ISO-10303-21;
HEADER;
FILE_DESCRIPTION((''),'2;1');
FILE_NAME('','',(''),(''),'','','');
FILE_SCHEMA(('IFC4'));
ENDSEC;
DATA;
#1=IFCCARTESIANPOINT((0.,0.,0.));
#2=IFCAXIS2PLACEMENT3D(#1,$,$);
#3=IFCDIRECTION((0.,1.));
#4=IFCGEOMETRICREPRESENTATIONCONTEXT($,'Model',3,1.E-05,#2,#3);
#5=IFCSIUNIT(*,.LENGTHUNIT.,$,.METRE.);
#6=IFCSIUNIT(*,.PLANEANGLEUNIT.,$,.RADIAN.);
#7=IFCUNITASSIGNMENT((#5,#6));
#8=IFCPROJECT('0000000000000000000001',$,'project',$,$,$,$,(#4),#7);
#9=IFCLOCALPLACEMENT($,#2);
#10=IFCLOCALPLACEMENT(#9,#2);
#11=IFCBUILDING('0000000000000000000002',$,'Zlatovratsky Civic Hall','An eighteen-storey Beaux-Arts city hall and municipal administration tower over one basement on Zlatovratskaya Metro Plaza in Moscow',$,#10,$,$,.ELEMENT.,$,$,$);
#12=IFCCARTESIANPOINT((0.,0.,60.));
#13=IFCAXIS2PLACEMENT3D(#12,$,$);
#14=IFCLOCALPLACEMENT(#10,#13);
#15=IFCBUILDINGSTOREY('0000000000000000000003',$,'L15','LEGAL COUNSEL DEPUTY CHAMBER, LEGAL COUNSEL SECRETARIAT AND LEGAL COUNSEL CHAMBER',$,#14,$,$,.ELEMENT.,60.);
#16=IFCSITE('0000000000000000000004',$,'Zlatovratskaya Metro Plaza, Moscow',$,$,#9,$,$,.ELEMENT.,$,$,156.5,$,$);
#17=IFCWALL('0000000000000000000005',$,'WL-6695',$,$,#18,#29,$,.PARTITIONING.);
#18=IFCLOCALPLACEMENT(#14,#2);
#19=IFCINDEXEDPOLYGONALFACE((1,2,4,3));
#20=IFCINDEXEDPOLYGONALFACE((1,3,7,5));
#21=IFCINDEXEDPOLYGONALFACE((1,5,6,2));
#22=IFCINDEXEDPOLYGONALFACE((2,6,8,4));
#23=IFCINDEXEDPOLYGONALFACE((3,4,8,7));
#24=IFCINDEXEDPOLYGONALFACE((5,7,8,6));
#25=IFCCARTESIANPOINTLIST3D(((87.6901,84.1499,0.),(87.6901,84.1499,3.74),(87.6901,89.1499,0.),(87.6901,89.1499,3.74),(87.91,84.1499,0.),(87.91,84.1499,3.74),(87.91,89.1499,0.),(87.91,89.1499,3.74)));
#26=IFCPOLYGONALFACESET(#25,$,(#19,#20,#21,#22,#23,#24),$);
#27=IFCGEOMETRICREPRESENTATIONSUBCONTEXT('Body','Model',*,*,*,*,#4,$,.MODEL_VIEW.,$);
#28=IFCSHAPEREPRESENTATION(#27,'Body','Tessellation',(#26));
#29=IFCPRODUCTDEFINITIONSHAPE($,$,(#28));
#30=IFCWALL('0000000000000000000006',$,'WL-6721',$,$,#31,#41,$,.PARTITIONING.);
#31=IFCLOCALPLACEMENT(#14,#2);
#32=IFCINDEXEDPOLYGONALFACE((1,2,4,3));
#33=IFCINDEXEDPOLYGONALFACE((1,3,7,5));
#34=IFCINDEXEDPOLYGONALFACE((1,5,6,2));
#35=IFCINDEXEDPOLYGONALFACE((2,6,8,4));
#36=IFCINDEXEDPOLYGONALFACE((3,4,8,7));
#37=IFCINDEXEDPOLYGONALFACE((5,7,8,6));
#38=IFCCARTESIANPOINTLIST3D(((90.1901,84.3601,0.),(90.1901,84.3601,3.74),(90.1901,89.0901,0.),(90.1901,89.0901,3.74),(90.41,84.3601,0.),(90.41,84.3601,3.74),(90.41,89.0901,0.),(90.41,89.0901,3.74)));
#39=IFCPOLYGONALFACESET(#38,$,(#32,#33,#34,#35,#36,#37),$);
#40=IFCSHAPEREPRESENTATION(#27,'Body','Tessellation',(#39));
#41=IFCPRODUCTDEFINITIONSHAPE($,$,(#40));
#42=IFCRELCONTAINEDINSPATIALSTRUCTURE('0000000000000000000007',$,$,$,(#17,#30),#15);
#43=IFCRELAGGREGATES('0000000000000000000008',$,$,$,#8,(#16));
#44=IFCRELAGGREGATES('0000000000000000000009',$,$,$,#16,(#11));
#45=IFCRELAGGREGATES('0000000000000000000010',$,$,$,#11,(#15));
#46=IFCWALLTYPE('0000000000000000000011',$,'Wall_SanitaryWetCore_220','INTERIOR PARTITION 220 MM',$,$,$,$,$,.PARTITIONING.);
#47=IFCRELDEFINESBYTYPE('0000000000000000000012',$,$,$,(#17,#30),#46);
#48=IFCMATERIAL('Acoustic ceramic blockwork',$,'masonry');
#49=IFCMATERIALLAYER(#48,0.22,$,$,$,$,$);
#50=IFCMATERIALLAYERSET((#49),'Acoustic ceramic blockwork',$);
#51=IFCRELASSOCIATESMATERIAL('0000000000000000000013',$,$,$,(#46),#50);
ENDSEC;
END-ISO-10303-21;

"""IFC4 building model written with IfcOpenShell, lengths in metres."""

from ifc_helpers import new_model, si_unit, direction, frame, frame_2d, origin, place, context, subcontext, project, spatial, rectangle, extrude, material, layer, layer_set, type_object, element, save


model = new_model("IFC4")

# Units and contexts
model_context = context("Model", 3, precision=1e-05, world=origin(), true_north=direction((0.0, 1.0)))
body_context = subcontext(model_context, "Body", "Model", "MODEL_VIEW")
ifc_project = project(units=[si_unit("LENGTHUNIT", "METRE"), si_unit("PLANEANGLEUNIT", "RADIAN")], contexts=[model_context])

# Site, building, storey
site_placement = place(None, origin())
site = spatial("IfcSite", under=ifc_project, at=site_placement, Name="Zlatovratskaya Metro Plaza, Moscow", CompositionType="ELEMENT", RefElevation=156.5)
building_placement = place(site_placement, origin())
building = spatial("IfcBuilding", under=site, at=building_placement, Name="Zlatovratsky Civic Hall", Description="An eighteen-storey Beaux-Arts city hall and municipal administration tower over one basement on Zlatovratskaya Metro Plaza in Moscow", CompositionType="ELEMENT")
storey_placement = place(building_placement, frame((0.0, 0.0, 60.0)))
storey = spatial("IfcBuildingStorey", under=building, at=storey_placement, Name="L15", Description="LEGAL COUNSEL DEPUTY CHAMBER, LEGAL COUNSEL SECRETARIAT AND LEGAL COUNSEL CHAMBER", CompositionType="ELEMENT", Elevation=60.0)

# Shared definitions
ifc_material_1 = material(Name="Acoustic ceramic blockwork", Category="masonry")
ifc_layer_1 = layer(ifc_material_1, 0.22)
ifc_layer_set_1 = layer_set([ifc_layer_1], Name="Acoustic ceramic blockwork")
wall_type_1 = type_object("IfcWallType", Name="Wall_SanitaryWetCore_220", Description="INTERIOR PARTITION 220 MM", PredefinedType="PARTITIONING", material=ifc_layer_set_1)

# Walls
for number, where, z_axis, x_axis, name in (
    (1, (87.8, 84.1499, 0.0), (0.0, 0.0, 1.0), (0.0, 1.0, 0.0), "WL-6695"),
):
    element("IfcWall", number, at=place(storey_placement, frame(where, z_axis=z_axis, x_axis=x_axis)), inside=storey, type_object=wall_type_1, Name=name, PredefinedType="PARTITIONING", context=body_context, shape_type="SweptSolid", body=[
        extrude(rectangle(XDim=5.0, YDim=0.22, at=frame_2d((2.5, 0.0))), origin(), (0.0, 0.0, 1.0), 3.74),
    ])
wall_1_placement = place(storey_placement, frame((90.3, 84.3601, 0.0), z_axis=(0.0, 0.0, 1.0), x_axis=(0.0, 1.0, 0.0)))
element("IfcWall", 2, at=wall_1_placement, inside=storey, type_object=wall_type_1, Name="WL-6721", PredefinedType="PARTITIONING", context=body_context, shape_type="SweptSolid", body=[
    extrude(rectangle(XDim=4.73, YDim=0.22, at=frame_2d((2.365, 0.0))), origin(), (0.0, 0.0, 1.0), 3.74),
])

save(model, "model.ifc")
